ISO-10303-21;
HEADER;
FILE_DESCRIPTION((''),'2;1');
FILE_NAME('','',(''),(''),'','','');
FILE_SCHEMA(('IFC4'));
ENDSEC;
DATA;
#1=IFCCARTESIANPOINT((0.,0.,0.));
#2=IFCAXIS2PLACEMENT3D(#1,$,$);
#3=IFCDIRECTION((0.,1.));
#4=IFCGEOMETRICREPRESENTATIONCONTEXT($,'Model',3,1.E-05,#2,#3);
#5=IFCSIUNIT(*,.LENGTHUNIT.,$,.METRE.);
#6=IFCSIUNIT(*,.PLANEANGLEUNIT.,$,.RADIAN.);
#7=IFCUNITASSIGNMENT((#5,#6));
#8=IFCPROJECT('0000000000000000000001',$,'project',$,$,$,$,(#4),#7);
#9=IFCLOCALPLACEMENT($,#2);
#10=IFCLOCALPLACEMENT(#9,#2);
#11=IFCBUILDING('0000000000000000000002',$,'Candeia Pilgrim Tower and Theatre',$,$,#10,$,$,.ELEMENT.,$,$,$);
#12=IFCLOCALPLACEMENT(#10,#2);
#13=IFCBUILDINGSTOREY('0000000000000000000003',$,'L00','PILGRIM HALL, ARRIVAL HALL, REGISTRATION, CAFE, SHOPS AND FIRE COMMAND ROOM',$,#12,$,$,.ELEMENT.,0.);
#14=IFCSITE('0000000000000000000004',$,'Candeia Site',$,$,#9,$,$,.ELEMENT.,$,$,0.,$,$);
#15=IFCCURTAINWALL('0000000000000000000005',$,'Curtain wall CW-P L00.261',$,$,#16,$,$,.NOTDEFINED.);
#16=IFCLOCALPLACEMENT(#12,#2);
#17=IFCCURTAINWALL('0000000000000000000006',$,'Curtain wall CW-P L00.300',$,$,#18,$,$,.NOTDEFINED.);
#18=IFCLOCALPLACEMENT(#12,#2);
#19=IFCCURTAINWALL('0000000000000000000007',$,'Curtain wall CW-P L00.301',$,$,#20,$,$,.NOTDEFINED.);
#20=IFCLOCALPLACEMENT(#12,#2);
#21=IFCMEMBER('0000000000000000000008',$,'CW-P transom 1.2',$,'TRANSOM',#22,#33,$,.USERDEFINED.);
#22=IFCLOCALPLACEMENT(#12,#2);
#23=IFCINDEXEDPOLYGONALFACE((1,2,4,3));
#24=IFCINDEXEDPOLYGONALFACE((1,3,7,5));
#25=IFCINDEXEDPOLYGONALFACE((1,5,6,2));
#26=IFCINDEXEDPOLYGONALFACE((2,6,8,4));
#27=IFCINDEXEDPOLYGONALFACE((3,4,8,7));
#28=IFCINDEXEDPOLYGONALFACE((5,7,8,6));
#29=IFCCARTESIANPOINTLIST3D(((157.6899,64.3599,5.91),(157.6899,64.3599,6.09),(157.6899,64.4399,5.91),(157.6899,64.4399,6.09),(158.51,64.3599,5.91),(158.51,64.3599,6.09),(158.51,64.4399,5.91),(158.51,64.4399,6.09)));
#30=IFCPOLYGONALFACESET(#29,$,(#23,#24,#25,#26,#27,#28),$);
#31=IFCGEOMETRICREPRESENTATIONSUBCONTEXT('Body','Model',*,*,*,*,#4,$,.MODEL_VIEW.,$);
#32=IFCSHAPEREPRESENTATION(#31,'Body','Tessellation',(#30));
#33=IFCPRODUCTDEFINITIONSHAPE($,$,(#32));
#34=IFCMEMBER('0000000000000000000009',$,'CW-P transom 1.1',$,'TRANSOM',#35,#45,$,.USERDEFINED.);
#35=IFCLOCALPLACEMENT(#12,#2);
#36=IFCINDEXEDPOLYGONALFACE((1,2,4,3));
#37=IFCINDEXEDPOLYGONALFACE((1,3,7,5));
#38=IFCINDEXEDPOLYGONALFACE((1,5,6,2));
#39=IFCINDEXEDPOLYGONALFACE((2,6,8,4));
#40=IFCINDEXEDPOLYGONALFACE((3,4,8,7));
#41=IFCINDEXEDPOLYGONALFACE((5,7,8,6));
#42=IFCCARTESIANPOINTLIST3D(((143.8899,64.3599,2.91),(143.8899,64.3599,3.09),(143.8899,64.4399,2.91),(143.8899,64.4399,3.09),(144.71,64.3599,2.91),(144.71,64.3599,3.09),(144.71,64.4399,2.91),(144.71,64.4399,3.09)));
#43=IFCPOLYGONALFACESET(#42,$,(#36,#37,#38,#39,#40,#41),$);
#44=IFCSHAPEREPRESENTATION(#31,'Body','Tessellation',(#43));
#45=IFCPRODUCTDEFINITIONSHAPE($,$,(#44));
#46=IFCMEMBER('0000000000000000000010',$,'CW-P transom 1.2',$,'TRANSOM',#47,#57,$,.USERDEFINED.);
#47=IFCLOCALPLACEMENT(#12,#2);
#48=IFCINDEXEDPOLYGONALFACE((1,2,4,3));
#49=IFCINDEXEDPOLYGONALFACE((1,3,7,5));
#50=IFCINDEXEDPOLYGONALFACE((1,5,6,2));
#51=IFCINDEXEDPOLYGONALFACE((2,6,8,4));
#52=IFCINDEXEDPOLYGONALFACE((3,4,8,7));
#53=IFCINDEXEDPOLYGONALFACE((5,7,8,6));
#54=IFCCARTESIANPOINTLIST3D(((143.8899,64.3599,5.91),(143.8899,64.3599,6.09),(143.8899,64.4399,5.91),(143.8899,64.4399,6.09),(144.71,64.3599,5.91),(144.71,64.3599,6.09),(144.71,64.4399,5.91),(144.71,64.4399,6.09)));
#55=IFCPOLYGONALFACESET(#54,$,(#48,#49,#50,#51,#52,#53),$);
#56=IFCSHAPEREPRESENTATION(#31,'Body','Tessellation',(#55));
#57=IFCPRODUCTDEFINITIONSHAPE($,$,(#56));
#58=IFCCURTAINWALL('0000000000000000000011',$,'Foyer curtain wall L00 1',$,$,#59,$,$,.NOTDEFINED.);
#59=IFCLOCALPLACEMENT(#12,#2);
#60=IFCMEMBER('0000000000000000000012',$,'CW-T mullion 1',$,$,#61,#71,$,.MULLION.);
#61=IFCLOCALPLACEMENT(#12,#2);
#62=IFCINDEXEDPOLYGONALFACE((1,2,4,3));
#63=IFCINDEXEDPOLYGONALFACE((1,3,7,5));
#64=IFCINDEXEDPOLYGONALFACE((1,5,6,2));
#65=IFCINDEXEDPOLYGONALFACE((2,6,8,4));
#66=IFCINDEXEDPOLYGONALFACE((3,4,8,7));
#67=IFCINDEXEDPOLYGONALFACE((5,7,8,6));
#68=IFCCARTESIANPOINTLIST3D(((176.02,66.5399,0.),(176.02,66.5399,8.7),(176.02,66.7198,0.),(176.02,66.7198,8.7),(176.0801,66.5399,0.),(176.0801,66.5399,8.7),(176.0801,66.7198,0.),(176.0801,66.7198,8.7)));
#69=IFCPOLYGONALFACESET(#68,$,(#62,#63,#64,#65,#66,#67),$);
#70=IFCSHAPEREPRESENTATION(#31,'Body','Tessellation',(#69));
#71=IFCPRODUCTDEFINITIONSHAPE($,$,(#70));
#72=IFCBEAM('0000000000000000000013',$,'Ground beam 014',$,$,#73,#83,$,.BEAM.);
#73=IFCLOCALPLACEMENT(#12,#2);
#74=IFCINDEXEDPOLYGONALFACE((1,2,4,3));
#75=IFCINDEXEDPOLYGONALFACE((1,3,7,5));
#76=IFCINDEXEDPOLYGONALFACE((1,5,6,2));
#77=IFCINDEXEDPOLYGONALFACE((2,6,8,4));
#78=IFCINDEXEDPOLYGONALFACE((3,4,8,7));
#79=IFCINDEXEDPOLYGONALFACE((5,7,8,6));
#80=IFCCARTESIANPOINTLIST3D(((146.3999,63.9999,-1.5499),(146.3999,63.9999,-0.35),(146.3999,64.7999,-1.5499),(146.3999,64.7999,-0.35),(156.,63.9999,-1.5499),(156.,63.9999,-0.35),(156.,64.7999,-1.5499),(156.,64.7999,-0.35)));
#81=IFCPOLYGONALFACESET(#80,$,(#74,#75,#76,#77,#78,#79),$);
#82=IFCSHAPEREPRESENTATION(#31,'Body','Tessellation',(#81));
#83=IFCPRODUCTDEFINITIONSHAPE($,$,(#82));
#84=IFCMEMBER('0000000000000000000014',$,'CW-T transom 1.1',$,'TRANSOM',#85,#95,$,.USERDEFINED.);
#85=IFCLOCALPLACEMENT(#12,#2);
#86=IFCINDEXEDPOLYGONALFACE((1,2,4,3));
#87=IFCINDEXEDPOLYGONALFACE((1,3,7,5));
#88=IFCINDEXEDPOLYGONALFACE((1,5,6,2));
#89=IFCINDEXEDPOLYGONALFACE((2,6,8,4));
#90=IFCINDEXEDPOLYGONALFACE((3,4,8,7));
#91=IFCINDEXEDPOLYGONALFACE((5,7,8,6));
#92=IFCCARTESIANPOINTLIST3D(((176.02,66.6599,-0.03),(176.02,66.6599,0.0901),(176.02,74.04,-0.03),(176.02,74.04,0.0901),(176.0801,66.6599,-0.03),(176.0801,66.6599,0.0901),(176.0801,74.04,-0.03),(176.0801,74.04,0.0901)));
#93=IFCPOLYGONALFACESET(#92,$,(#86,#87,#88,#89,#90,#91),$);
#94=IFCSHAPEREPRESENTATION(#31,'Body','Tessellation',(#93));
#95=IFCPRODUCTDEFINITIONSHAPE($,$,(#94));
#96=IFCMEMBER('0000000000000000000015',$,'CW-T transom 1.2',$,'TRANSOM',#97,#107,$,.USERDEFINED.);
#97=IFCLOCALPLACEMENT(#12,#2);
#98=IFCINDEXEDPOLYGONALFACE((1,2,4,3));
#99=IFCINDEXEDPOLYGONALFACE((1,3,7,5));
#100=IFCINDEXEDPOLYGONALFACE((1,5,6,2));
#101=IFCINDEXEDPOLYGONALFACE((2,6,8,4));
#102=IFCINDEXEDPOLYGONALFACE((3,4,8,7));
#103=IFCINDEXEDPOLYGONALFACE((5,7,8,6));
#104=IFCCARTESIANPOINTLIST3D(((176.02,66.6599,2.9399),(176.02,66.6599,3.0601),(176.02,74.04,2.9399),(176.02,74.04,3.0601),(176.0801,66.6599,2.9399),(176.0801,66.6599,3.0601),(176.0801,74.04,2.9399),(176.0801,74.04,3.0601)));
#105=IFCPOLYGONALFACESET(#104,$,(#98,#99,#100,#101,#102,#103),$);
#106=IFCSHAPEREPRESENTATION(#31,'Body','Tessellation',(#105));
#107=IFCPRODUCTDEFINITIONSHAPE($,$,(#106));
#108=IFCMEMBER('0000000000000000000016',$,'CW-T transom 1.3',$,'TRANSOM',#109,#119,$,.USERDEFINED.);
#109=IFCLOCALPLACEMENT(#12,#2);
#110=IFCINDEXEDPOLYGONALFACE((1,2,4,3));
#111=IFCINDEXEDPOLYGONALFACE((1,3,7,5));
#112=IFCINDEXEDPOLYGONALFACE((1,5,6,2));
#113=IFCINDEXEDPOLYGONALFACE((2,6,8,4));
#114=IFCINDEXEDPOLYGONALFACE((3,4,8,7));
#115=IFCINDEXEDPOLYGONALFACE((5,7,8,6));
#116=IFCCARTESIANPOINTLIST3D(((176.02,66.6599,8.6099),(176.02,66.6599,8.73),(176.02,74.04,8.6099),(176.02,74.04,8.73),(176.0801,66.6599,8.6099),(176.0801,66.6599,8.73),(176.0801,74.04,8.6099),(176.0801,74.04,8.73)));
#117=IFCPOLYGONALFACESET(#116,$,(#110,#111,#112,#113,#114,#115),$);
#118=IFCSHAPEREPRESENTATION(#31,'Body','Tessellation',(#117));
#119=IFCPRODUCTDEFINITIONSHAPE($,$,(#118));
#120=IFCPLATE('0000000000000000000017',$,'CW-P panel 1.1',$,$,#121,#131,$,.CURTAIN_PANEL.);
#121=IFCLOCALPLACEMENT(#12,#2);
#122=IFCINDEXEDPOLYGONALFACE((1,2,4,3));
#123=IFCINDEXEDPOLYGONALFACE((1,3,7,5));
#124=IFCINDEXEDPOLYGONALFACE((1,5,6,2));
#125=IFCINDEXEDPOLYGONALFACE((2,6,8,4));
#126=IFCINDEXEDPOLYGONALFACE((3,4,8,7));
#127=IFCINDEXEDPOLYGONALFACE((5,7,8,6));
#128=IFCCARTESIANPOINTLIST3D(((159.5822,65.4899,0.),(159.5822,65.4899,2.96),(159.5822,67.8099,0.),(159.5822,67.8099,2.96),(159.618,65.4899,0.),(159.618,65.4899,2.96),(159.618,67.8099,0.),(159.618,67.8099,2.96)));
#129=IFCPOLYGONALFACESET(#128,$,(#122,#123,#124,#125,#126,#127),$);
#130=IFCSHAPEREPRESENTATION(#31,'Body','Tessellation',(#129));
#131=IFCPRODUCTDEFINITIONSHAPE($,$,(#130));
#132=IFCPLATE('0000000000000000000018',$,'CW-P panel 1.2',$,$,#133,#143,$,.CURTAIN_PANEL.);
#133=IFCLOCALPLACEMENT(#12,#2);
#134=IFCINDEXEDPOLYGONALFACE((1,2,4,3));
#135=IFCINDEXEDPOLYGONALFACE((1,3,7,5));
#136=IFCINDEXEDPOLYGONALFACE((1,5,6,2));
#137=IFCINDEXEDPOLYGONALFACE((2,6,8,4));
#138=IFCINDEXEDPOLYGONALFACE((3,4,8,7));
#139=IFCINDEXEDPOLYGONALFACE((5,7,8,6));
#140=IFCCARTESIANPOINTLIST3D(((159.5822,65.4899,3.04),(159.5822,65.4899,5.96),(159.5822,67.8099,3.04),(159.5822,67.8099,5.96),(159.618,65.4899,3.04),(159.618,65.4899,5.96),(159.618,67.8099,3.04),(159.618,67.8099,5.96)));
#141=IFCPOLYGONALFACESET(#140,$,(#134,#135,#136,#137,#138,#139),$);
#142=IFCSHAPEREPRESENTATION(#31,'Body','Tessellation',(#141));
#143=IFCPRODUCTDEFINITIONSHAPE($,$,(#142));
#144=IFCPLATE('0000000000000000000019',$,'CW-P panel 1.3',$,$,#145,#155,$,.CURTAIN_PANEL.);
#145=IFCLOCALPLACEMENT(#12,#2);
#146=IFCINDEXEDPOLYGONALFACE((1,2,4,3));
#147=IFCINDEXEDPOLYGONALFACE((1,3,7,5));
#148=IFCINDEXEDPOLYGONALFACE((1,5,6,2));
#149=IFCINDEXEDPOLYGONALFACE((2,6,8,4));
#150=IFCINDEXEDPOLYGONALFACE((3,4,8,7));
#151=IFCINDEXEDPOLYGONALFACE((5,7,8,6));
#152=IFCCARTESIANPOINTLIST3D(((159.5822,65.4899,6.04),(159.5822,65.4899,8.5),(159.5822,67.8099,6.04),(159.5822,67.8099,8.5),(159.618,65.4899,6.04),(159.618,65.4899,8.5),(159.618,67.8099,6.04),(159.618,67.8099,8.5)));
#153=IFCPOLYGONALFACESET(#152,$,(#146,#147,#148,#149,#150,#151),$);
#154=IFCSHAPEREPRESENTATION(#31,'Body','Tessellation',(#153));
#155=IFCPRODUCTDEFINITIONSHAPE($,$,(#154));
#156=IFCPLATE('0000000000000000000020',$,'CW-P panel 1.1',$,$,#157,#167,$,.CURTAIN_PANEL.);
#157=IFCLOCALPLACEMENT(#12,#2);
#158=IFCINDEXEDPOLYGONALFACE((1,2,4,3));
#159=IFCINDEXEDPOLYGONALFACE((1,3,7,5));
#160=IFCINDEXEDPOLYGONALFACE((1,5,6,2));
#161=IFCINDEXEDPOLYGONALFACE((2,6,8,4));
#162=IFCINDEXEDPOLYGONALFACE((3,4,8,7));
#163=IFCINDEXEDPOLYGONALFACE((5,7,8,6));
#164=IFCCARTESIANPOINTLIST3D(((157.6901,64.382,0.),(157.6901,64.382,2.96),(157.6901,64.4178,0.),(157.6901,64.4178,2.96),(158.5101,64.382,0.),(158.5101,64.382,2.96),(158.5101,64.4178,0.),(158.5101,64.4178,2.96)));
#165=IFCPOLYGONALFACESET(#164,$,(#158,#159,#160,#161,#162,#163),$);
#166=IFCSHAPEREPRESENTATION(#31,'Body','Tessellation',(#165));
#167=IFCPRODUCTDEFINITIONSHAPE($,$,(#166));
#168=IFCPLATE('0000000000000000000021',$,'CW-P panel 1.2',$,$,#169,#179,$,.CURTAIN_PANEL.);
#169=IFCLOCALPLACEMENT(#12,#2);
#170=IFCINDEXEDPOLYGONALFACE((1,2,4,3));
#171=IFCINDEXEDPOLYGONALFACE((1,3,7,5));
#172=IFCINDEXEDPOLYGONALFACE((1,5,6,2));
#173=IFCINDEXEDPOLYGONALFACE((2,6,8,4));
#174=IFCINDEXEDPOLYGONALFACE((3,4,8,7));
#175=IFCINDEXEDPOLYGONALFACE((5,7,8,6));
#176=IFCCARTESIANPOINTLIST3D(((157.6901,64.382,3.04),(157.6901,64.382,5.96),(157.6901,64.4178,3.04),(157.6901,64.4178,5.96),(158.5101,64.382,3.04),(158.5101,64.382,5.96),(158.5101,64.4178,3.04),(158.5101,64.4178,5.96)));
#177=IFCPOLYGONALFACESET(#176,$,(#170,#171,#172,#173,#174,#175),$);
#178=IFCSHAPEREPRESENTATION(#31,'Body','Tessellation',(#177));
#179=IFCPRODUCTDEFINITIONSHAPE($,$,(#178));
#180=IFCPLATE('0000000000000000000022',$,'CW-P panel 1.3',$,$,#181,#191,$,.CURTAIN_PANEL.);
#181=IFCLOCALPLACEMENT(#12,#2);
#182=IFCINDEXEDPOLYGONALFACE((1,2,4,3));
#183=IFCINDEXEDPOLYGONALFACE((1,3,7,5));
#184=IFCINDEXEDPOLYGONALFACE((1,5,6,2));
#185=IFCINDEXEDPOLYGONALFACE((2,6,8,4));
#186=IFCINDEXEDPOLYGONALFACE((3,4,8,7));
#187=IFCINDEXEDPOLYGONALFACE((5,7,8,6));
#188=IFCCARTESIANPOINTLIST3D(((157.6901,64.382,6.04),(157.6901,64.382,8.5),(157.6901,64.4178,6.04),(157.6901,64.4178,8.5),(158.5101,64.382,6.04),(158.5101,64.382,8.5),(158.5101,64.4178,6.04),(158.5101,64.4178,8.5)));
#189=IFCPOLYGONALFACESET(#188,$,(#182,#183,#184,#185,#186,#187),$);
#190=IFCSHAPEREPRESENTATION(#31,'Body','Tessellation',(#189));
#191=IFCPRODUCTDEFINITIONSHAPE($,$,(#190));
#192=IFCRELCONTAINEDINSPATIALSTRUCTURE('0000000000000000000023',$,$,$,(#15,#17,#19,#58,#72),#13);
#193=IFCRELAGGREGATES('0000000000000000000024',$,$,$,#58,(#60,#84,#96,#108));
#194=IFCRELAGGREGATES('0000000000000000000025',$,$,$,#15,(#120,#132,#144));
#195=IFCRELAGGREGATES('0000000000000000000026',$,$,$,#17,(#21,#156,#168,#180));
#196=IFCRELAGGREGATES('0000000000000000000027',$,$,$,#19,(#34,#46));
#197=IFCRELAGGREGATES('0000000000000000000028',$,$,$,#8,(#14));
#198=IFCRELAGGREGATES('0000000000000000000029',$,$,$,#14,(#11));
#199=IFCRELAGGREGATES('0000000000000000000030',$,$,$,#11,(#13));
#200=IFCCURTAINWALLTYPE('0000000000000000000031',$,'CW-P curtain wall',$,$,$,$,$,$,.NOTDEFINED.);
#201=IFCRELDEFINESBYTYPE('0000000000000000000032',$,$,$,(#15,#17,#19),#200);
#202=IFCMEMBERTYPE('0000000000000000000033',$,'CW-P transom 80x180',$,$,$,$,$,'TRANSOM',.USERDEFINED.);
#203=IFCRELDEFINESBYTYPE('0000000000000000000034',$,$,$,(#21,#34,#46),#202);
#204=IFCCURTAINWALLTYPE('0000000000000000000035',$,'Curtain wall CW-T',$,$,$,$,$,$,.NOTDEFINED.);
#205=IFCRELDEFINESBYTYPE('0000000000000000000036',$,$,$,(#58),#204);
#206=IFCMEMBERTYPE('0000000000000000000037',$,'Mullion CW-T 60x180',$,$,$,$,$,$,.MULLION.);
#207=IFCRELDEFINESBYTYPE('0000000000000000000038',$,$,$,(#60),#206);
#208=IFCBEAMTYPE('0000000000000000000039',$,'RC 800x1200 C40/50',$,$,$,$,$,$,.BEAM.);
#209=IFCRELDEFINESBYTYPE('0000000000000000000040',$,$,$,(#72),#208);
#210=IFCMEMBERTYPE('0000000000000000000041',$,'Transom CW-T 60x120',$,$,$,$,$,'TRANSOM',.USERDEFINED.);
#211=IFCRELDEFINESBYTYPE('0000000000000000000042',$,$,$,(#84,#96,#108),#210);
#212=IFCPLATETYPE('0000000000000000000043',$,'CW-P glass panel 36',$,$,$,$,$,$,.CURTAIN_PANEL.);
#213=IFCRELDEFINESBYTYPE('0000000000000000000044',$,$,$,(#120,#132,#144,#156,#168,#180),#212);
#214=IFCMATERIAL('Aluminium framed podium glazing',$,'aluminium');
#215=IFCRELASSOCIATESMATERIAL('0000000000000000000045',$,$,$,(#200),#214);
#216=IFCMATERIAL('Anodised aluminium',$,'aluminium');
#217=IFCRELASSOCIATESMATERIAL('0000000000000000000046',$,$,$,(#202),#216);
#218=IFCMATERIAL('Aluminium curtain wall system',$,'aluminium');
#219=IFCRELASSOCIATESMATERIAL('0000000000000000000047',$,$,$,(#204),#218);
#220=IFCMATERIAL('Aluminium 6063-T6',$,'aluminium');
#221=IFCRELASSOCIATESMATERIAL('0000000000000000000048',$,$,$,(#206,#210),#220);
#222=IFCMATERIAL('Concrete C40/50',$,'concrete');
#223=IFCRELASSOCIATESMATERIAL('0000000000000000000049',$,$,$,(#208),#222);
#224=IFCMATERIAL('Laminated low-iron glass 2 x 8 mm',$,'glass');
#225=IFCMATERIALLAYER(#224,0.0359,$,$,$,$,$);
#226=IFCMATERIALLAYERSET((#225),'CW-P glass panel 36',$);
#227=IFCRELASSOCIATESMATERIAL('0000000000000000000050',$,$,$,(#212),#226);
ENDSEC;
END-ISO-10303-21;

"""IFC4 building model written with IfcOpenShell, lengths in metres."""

from ifc_helpers import new_model, si_unit, direction, frame, origin, origin_2d, place, context, subcontext, project, spatial, rectangle, extrude, material, layer, layer_set, material_profile, profile_set, type_object, element, aggregate, save


model = new_model("IFC4")

# Units and contexts
model_context = context("Model", 3, precision=1e-05, world=origin(), true_north=direction((0.0, 1.0)))
body_context = subcontext(model_context, "Body", "Model", "MODEL_VIEW")
ifc_project = project(units=[si_unit("LENGTHUNIT", "METRE"), si_unit("PLANEANGLEUNIT", "RADIAN")], contexts=[model_context])

# Site, building, storey
site_placement = place(None, origin())
site = spatial("IfcSite", under=ifc_project, at=site_placement, Name="Candeia Site", CompositionType="ELEMENT", RefElevation=0.0)
building_placement = place(site_placement, origin())
building = spatial("IfcBuilding", under=site, at=building_placement, Name="Candeia Pilgrim Tower and Theatre", CompositionType="ELEMENT")
storey_placement = place(building_placement, origin())
storey = spatial("IfcBuildingStorey", under=building, at=storey_placement, Name="L00", Description="PILGRIM HALL, ARRIVAL HALL, REGISTRATION, CAFE, SHOPS AND FIRE COMMAND ROOM", CompositionType="ELEMENT", Elevation=0.0)

# Shared definitions
ifc_material_1 = material(Name="Concrete C40/50", Category="concrete")

# Curtain wall
ifc_material_2 = material(Name="Aluminium framed podium glazing", Category="aluminium")
curtain_wall_type_1 = type_object("IfcCurtainWallType", Name="CW-P curtain wall", PredefinedType="NOTDEFINED", material=ifc_material_2)
curtain_wall_1_placement = place(storey_placement, origin())
curtain_wall_1 = element("IfcCurtainWall", 1, at=curtain_wall_1_placement, inside=storey, type_object=curtain_wall_type_1, Name="Curtain wall CW-P L00.261", PredefinedType="NOTDEFINED")
ifc_material_3 = material(Name="Anodised aluminium", Category="aluminium")

# Curtain wall
curtain_wall_2_placement = place(storey_placement, origin())
curtain_wall_2 = element("IfcCurtainWall", 2, at=curtain_wall_2_placement, inside=storey, type_object=curtain_wall_type_1, Name="Curtain wall CW-P L00.300", PredefinedType="NOTDEFINED")

# Curtain wall
curtain_wall_3_placement = place(storey_placement, origin())
curtain_wall_3 = element("IfcCurtainWall", 3, at=curtain_wall_3_placement, inside=storey, type_object=curtain_wall_type_1, Name="Curtain wall CW-P L00.301", PredefinedType="NOTDEFINED")

# Members
ifc_material_profile_1 = material_profile(ifc_material_3, rectangle(XDim=0.0801, YDim=0.1799, at=origin_2d()))
ifc_profile_set_1 = profile_set([ifc_material_profile_1], Name="Anodised aluminium")
member_type_1 = type_object("IfcMemberType", Name="CW-P transom 80x180", ElementType="TRANSOM", PredefinedType="USERDEFINED", material=ifc_profile_set_1)
member_1_placement = place(storey_placement, frame((158.51, 64.3999, 6.0), z_axis=(-1.0, 0.0, 0.0), x_axis=(0.0, -1.0, 0.0)))
member_1 = element("IfcMember", 4, at=member_1_placement, type_object=member_type_1, Name="CW-P transom 1.2", ObjectType="TRANSOM", PredefinedType="USERDEFINED", context=body_context, shape_type="SweptSolid", body=[
    extrude(rectangle(XDim=0.0801, YDim=0.1799, at=origin_2d()), origin(), (0.0, 0.0, 1.0), 0.8201),
])
member_2_placement = place(storey_placement, frame((144.71, 64.3999, 3.0), z_axis=(-1.0, 0.0, 0.0), x_axis=(0.0, -1.0, 0.0)))
member_2 = element("IfcMember", 5, at=member_2_placement, type_object=member_type_1, Name="CW-P transom 1.1", ObjectType="TRANSOM", PredefinedType="USERDEFINED", context=body_context, shape_type="SweptSolid", body=[
    extrude(rectangle(XDim=0.0801, YDim=0.1799, at=origin_2d()), origin(), (0.0, 0.0, 1.0), 0.8201),
])
member_3_placement = place(storey_placement, frame((144.71, 64.3999, 6.0), z_axis=(-1.0, 0.0, 0.0), x_axis=(0.0, -1.0, 0.0)))
member_3 = element("IfcMember", 6, at=member_3_placement, type_object=member_type_1, Name="CW-P transom 1.2", ObjectType="TRANSOM", PredefinedType="USERDEFINED", context=body_context, shape_type="SweptSolid", body=[
    extrude(rectangle(XDim=0.0801, YDim=0.1799, at=origin_2d()), origin(), (0.0, 0.0, 1.0), 0.8201),
])

# Curtain wall, member
ifc_material_4 = material(Name="Aluminium curtain wall system", Category="aluminium")
curtain_wall_type_2 = type_object("IfcCurtainWallType", Name="Curtain wall CW-T", PredefinedType="NOTDEFINED", material=ifc_material_4)
curtain_wall_4_placement = place(storey_placement, origin())
curtain_wall_4 = element("IfcCurtainWall", 7, at=curtain_wall_4_placement, inside=storey, type_object=curtain_wall_type_2, Name="Foyer curtain wall L00 1", PredefinedType="NOTDEFINED")
ifc_material_5 = material(Name="Aluminium 6063-T6", Category="aluminium")
ifc_material_profile_2 = material_profile(ifc_material_5, rectangle(XDim=0.0601, YDim=0.1799, at=origin_2d()))
ifc_profile_set_2 = profile_set([ifc_material_profile_2], Name="Aluminium 6063-T6")
member_type_2 = type_object("IfcMemberType", Name="Mullion CW-T 60x180", PredefinedType="MULLION", material=ifc_profile_set_2)
member_4_placement = place(storey_placement, frame((176.05, 66.6299, 0.0), z_axis=(0.0, 0.0, 1.0), x_axis=(-1.0, 0.0, 0.0)))
member_4 = element("IfcMember", 8, at=member_4_placement, type_object=member_type_2, Name="CW-T mullion 1", PredefinedType="MULLION", context=body_context, shape_type="SweptSolid", body=[
    extrude(rectangle(XDim=0.0601, YDim=0.1799, at=origin_2d()), origin(), (0.0, 0.0, 1.0), 8.7),
])

# Beam
ifc_material_profile_3 = material_profile(ifc_material_1, rectangle(XDim=0.8, YDim=1.2, at=origin_2d()))
ifc_profile_set_3 = profile_set([ifc_material_profile_3], Name="Concrete C40/50")
beam_type = type_object("IfcBeamType", Name="RC 800x1200 C40/50", PredefinedType="BEAM", material=ifc_profile_set_3)
beam_placement = place(storey_placement, frame((146.3999, 64.3999, -0.95), z_axis=(1.0, 0.0, 0.0), x_axis=(0.0, 1.0, 0.0)))
element("IfcBeam", 9, at=beam_placement, inside=storey, type_object=beam_type, Name="Ground beam 014", PredefinedType="BEAM", context=body_context, shape_type="SweptSolid", body=[
    extrude(rectangle(XDim=0.8, YDim=1.2, at=origin_2d()), origin(), (0.0, 0.0, 1.0), 9.6001),
])

# Members
ifc_material_profile_4 = material_profile(ifc_material_5, rectangle(XDim=0.0601, YDim=0.1201, at=origin_2d()))
ifc_profile_set_4 = profile_set([ifc_material_profile_4], Name="Aluminium 6063-T6")
member_type_3 = type_object("IfcMemberType", Name="Transom CW-T 60x120", ElementType="TRANSOM", PredefinedType="USERDEFINED", material=ifc_profile_set_4)
member_5_placement = place(storey_placement, frame((176.05, 66.6599, 0.03), z_axis=(0.0, 1.0, 0.0), x_axis=(-1.0, 0.0, 0.0)))
member_5 = element("IfcMember", 10, at=member_5_placement, type_object=member_type_3, Name="CW-T transom 1.1", ObjectType="TRANSOM", PredefinedType="USERDEFINED", context=body_context, shape_type="SweptSolid", body=[
    extrude(rectangle(XDim=0.0601, YDim=0.1201, at=origin_2d()), origin(), (0.0, 0.0, 1.0), 7.3801),
])
member_6_placement = place(storey_placement, frame((176.05, 66.6599, 3.0), z_axis=(0.0, 1.0, 0.0), x_axis=(-1.0, 0.0, 0.0)))
member_6 = element("IfcMember", 11, at=member_6_placement, type_object=member_type_3, Name="CW-T transom 1.2", ObjectType="TRANSOM", PredefinedType="USERDEFINED", context=body_context, shape_type="SweptSolid", body=[
    extrude(rectangle(XDim=0.0601, YDim=0.1201, at=origin_2d()), origin(), (0.0, 0.0, 1.0), 7.3801),
])
member_7_placement = place(storey_placement, frame((176.05, 66.6599, 8.6699), z_axis=(0.0, 1.0, 0.0), x_axis=(-1.0, 0.0, 0.0)))
member_7 = element("IfcMember", 12, at=member_7_placement, type_object=member_type_3, Name="CW-T transom 1.3", ObjectType="TRANSOM", PredefinedType="USERDEFINED", context=body_context, shape_type="SweptSolid", body=[
    extrude(rectangle(XDim=0.0601, YDim=0.1201, at=origin_2d()), origin(), (0.0, 0.0, 1.0), 7.3801),
])
aggregate(curtain_wall_4, [member_4, member_5, member_6, member_7])

# Plates
ifc_material_6 = material(Name="Laminated low-iron glass 2 x 8 mm", Category="glass")
ifc_layer_1 = layer(ifc_material_6, 0.0359)
ifc_layer_set_1 = layer_set([ifc_layer_1], Name="CW-P glass panel 36")
plate_type = type_object("IfcPlateType", Name="CW-P glass panel 36", PredefinedType="CURTAIN_PANEL", material=ifc_layer_set_1)
plate_1_placement = place(storey_placement, frame((159.6001, 66.6499, 0.0), z_axis=(0.0, 0.0, 1.0), x_axis=(0.0, -1.0, 0.0)))
plate_1 = element("IfcPlate", 13, at=plate_1_placement, type_object=plate_type, Name="CW-P panel 1.1", PredefinedType="CURTAIN_PANEL", context=body_context, shape_type="SweptSolid", body=[
    extrude(rectangle(XDim=2.3201, YDim=0.0359, at=origin_2d()), origin(), (0.0, 0.0, 1.0), 2.96),
])
plate_2_placement = place(storey_placement, frame((159.6001, 66.6499, 3.04), z_axis=(0.0, 0.0, 1.0), x_axis=(0.0, -1.0, 0.0)))
plate_2 = element("IfcPlate", 14, at=plate_2_placement, type_object=plate_type, Name="CW-P panel 1.2", PredefinedType="CURTAIN_PANEL", context=body_context, shape_type="SweptSolid", body=[
    extrude(rectangle(XDim=2.3201, YDim=0.0359, at=origin_2d()), origin(), (0.0, 0.0, 1.0), 2.9199),
])
plate_3_placement = place(storey_placement, frame((159.6001, 66.6499, 6.04), z_axis=(0.0, 0.0, 1.0), x_axis=(0.0, -1.0, 0.0)))
plate_3 = element("IfcPlate", 15, at=plate_3_placement, type_object=plate_type, Name="CW-P panel 1.3", PredefinedType="CURTAIN_PANEL", context=body_context, shape_type="SweptSolid", body=[
    extrude(rectangle(XDim=2.3201, YDim=0.0359, at=origin_2d()), origin(), (0.0, 0.0, 1.0), 2.46),
])
aggregate(curtain_wall_1, [plate_1, plate_2, plate_3])
plate_4_placement = place(storey_placement, frame((158.1001, 64.3999, 0.0), z_axis=(0.0, 0.0, 1.0), x_axis=(-1.0, 0.0, 0.0)))
plate_4 = element("IfcPlate", 16, at=plate_4_placement, type_object=plate_type, Name="CW-P panel 1.1", PredefinedType="CURTAIN_PANEL", context=body_context, shape_type="SweptSolid", body=[
    extrude(rectangle(XDim=0.8201, YDim=0.0359, at=origin_2d()), origin(), (0.0, 0.0, 1.0), 2.96),
])
plate_5_placement = place(storey_placement, frame((158.1001, 64.3999, 3.04), z_axis=(0.0, 0.0, 1.0), x_axis=(-1.0, 0.0, 0.0)))
plate_5 = element("IfcPlate", 17, at=plate_5_placement, type_object=plate_type, Name="CW-P panel 1.2", PredefinedType="CURTAIN_PANEL", context=body_context, shape_type="SweptSolid", body=[
    extrude(rectangle(XDim=0.8201, YDim=0.0359, at=origin_2d()), origin(), (0.0, 0.0, 1.0), 2.9199),
])
plate_6_placement = place(storey_placement, frame((158.1001, 64.3999, 6.04), z_axis=(0.0, 0.0, 1.0), x_axis=(-1.0, 0.0, 0.0)))
plate_6 = element("IfcPlate", 18, at=plate_6_placement, type_object=plate_type, Name="CW-P panel 1.3", PredefinedType="CURTAIN_PANEL", context=body_context, shape_type="SweptSolid", body=[
    extrude(rectangle(XDim=0.8201, YDim=0.0359, at=origin_2d()), origin(), (0.0, 0.0, 1.0), 2.46),
])
aggregate(curtain_wall_2, [member_1, plate_4, plate_5, plate_6])
aggregate(curtain_wall_3, [member_2, member_3])

save(model, "model.ifc")
